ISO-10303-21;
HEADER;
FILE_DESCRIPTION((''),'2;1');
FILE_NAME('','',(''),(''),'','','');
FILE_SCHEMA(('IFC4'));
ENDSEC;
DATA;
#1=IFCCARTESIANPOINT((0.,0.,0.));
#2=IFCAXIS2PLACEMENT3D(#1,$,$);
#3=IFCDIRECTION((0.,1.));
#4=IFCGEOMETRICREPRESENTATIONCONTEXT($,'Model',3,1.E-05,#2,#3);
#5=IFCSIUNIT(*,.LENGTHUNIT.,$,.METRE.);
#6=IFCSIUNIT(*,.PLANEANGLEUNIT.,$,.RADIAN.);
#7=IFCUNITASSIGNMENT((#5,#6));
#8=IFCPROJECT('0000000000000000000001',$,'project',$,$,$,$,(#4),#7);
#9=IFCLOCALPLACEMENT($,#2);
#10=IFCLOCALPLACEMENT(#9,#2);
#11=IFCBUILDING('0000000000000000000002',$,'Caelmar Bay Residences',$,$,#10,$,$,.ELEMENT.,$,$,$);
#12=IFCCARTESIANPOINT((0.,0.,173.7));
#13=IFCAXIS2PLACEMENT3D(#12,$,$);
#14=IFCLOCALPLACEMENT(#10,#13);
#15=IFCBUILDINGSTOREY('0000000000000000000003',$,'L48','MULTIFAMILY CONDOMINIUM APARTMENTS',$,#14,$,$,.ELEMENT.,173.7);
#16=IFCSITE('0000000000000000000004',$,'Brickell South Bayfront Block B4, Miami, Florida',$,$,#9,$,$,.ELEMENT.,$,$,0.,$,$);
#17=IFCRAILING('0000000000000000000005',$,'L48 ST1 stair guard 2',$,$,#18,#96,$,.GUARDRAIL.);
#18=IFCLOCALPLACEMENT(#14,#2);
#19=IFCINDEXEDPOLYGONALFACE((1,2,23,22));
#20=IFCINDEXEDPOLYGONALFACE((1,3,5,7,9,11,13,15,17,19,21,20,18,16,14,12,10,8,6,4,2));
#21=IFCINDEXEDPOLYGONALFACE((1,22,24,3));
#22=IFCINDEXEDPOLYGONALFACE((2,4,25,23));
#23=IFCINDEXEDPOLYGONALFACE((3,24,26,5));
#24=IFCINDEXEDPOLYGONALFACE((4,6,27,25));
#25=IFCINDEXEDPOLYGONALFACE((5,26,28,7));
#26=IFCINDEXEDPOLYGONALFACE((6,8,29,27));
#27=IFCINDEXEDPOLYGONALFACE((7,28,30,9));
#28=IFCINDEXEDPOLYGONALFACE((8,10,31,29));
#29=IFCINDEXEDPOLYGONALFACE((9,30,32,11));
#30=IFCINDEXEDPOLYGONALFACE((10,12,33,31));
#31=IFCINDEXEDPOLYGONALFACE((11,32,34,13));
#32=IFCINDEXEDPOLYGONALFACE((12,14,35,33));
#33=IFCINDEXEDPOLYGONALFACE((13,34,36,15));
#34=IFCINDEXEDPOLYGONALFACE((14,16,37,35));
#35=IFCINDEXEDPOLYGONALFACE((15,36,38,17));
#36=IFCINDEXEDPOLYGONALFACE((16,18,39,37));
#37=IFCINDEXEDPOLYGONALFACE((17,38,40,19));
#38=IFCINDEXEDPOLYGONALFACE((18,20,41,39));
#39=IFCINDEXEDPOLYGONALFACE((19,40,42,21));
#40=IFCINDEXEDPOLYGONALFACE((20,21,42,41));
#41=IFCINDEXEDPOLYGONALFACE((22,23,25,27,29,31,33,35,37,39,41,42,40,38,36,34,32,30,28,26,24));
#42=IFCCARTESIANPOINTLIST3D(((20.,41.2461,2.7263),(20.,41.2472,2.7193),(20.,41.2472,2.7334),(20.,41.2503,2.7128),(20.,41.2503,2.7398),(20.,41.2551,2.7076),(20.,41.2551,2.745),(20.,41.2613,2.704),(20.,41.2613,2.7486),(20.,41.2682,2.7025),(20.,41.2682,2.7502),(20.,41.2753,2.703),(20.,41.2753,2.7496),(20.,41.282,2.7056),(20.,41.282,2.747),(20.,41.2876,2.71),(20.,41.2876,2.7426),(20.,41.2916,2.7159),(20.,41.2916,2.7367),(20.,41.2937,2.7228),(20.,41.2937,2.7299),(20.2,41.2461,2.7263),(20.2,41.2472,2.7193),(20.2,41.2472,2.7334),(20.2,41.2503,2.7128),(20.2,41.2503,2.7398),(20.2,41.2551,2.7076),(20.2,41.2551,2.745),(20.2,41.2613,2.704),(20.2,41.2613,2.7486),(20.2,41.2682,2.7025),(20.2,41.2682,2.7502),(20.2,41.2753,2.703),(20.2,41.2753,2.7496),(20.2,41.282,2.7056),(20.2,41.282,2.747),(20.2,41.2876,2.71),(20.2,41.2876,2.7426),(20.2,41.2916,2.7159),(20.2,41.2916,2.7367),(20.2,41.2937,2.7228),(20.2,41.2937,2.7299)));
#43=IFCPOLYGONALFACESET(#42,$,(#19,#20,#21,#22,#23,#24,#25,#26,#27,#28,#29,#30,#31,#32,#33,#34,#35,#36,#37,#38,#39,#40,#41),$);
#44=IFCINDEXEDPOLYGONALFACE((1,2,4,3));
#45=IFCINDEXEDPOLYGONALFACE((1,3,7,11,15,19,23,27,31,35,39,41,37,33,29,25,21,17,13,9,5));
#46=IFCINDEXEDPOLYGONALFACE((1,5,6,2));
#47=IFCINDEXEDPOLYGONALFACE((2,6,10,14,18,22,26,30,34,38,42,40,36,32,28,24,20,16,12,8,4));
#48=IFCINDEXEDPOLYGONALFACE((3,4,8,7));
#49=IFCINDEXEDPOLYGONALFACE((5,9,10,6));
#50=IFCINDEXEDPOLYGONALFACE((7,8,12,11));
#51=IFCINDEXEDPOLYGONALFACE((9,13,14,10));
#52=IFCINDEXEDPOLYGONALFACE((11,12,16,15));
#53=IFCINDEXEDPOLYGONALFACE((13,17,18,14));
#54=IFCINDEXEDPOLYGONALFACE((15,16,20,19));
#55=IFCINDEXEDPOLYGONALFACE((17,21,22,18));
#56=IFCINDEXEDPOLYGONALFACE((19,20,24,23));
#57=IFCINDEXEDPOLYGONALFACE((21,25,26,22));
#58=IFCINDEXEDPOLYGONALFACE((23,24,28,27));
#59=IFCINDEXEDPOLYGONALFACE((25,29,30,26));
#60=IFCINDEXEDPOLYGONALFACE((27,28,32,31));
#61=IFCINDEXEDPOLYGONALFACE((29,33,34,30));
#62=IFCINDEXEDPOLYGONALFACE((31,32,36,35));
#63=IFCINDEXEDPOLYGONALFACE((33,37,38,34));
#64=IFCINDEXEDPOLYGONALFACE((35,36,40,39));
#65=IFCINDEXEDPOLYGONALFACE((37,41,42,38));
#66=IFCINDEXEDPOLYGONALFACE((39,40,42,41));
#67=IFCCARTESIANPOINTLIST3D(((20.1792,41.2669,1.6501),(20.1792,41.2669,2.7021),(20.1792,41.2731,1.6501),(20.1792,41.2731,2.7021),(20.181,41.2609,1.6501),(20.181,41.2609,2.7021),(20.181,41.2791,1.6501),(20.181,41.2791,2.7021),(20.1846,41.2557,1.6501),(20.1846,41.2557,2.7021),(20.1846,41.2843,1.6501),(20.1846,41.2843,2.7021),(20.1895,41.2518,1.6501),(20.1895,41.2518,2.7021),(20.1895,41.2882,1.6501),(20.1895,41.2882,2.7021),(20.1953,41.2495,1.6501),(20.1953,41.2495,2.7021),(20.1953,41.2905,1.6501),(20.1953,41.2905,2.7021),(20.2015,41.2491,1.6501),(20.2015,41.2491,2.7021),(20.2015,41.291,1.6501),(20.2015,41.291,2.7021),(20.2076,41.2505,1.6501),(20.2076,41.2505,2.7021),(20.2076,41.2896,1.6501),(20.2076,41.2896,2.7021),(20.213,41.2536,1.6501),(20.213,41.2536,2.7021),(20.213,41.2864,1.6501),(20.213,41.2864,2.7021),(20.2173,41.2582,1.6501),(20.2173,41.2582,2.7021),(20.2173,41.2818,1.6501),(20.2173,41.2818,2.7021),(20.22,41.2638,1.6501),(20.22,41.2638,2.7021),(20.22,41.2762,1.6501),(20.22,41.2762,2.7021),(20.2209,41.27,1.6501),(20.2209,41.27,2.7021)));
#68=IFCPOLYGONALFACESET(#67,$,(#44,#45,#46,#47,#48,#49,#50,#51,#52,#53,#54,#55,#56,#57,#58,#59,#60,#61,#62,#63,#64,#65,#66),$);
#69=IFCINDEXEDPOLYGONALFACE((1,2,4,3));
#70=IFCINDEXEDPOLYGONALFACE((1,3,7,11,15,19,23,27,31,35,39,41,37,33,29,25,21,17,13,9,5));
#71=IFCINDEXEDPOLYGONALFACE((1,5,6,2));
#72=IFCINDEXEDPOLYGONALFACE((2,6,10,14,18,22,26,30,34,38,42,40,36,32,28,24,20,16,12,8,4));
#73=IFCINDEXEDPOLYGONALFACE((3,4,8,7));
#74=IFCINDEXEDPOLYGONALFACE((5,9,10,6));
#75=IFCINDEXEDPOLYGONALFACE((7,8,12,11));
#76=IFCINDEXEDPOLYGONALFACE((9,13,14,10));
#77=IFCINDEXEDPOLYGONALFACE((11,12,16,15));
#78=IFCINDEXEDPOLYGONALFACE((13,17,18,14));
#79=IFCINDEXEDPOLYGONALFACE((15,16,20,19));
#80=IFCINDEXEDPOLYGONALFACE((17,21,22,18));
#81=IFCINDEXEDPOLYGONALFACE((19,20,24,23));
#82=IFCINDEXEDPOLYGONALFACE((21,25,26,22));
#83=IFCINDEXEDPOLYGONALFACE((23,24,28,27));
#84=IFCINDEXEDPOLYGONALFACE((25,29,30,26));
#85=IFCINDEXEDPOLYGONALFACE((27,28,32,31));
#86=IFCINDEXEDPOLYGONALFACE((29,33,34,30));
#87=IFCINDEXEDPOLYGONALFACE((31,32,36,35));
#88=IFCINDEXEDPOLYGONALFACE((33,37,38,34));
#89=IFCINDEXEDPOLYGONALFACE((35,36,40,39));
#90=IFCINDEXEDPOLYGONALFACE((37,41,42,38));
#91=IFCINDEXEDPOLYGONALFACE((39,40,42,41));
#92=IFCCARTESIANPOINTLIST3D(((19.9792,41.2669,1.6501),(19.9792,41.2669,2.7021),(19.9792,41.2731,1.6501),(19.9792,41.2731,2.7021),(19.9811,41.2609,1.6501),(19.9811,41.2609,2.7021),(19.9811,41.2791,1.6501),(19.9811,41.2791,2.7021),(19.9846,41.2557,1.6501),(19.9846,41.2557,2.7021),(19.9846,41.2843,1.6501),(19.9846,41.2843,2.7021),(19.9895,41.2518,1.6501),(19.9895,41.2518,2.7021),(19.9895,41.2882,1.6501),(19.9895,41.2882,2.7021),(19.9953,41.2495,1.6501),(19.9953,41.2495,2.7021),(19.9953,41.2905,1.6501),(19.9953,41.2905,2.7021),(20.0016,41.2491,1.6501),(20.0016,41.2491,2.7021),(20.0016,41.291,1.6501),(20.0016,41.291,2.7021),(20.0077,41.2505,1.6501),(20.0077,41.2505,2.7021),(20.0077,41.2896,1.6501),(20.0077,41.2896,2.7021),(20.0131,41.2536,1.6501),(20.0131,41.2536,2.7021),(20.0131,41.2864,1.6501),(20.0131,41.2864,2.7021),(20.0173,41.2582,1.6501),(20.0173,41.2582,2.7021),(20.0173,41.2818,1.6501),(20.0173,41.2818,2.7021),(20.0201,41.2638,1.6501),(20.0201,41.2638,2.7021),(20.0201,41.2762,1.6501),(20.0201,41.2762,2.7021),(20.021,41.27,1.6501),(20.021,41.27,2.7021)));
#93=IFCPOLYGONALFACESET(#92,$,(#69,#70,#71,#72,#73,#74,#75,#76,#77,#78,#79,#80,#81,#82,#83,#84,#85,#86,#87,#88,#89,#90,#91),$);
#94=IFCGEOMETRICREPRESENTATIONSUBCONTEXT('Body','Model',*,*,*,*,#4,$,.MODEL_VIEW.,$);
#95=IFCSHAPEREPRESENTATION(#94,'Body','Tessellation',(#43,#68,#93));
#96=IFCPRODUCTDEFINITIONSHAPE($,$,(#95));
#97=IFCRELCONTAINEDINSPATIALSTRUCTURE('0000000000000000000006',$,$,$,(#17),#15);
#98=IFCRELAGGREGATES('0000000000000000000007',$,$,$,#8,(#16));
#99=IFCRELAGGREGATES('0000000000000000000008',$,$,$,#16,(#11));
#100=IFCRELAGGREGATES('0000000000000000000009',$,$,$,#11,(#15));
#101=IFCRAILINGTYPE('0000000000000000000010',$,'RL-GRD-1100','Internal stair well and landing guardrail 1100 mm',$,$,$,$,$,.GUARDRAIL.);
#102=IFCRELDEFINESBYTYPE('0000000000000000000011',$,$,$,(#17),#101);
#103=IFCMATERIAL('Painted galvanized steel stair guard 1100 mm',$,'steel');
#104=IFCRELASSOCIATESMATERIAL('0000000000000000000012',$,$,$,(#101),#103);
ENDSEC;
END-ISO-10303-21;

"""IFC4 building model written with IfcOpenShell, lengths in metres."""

from ifc_helpers import new_model, si_unit, direction, frame, origin, origin_2d, place, context, subcontext, project, spatial, circle, extrude, material, type_object, element, save


model = new_model("IFC4")

# Units and contexts
model_context = context("Model", 3, precision=1e-05, world=origin(), true_north=direction((0.0, 1.0)))
body_context = subcontext(model_context, "Body", "Model", "MODEL_VIEW")
ifc_project = project(units=[si_unit("LENGTHUNIT", "METRE"), si_unit("PLANEANGLEUNIT", "RADIAN")], contexts=[model_context])

# Site, building, storey
site_placement = place(None, origin())
site = spatial("IfcSite", under=ifc_project, at=site_placement, Name="Brickell South Bayfront Block B4, Miami, Florida", CompositionType="ELEMENT", RefElevation=0.0)
building_placement = place(site_placement, origin())
building = spatial("IfcBuilding", under=site, at=building_placement, Name="Caelmar Bay Residences", CompositionType="ELEMENT")
storey_placement = place(building_placement, frame((0.0, 0.0, 173.7)))
storey = spatial("IfcBuildingStorey", under=building, at=storey_placement, Name="L48", Description="MULTIFAMILY CONDOMINIUM APARTMENTS", CompositionType="ELEMENT", Elevation=173.7)

# Railing
ifc_material_1 = material(Name="Painted galvanized steel stair guard 1100 mm", Category="steel")
railing_type_1 = type_object("IfcRailingType", Name="RL-GRD-1100", Description="Internal stair well and landing guardrail 1100 mm", PredefinedType="GUARDRAIL", material=ifc_material_1)
railing_1_placement = place(storey_placement, frame((20.2, 41.27, 1.6501)))
element("IfcRailing", 1, at=railing_1_placement, inside=storey, type_object=railing_type_1, Name="L48 ST1 stair guard 2", PredefinedType="GUARDRAIL", context=body_context, shape_type="SweptSolid", body=[
    extrude(circle(Radius=0.0239, at=origin_2d()), frame((0.0, 0.0, 1.0762), z_axis=(-1.0, 0.0, 0.0), x_axis=(0.0, -1.0, 0.0)), (0.0, 0.0, 1.0), 0.2),
    extrude(circle(Radius=0.021, at=origin_2d()), origin(), (0.0, 0.0, 1.0), 1.052),
    extrude(circle(Radius=0.021, at=origin_2d()), frame((-0.2, 0.0, 0.0)), (0.0, 0.0, 1.0), 1.052),
])

save(model, "model.ifc")
